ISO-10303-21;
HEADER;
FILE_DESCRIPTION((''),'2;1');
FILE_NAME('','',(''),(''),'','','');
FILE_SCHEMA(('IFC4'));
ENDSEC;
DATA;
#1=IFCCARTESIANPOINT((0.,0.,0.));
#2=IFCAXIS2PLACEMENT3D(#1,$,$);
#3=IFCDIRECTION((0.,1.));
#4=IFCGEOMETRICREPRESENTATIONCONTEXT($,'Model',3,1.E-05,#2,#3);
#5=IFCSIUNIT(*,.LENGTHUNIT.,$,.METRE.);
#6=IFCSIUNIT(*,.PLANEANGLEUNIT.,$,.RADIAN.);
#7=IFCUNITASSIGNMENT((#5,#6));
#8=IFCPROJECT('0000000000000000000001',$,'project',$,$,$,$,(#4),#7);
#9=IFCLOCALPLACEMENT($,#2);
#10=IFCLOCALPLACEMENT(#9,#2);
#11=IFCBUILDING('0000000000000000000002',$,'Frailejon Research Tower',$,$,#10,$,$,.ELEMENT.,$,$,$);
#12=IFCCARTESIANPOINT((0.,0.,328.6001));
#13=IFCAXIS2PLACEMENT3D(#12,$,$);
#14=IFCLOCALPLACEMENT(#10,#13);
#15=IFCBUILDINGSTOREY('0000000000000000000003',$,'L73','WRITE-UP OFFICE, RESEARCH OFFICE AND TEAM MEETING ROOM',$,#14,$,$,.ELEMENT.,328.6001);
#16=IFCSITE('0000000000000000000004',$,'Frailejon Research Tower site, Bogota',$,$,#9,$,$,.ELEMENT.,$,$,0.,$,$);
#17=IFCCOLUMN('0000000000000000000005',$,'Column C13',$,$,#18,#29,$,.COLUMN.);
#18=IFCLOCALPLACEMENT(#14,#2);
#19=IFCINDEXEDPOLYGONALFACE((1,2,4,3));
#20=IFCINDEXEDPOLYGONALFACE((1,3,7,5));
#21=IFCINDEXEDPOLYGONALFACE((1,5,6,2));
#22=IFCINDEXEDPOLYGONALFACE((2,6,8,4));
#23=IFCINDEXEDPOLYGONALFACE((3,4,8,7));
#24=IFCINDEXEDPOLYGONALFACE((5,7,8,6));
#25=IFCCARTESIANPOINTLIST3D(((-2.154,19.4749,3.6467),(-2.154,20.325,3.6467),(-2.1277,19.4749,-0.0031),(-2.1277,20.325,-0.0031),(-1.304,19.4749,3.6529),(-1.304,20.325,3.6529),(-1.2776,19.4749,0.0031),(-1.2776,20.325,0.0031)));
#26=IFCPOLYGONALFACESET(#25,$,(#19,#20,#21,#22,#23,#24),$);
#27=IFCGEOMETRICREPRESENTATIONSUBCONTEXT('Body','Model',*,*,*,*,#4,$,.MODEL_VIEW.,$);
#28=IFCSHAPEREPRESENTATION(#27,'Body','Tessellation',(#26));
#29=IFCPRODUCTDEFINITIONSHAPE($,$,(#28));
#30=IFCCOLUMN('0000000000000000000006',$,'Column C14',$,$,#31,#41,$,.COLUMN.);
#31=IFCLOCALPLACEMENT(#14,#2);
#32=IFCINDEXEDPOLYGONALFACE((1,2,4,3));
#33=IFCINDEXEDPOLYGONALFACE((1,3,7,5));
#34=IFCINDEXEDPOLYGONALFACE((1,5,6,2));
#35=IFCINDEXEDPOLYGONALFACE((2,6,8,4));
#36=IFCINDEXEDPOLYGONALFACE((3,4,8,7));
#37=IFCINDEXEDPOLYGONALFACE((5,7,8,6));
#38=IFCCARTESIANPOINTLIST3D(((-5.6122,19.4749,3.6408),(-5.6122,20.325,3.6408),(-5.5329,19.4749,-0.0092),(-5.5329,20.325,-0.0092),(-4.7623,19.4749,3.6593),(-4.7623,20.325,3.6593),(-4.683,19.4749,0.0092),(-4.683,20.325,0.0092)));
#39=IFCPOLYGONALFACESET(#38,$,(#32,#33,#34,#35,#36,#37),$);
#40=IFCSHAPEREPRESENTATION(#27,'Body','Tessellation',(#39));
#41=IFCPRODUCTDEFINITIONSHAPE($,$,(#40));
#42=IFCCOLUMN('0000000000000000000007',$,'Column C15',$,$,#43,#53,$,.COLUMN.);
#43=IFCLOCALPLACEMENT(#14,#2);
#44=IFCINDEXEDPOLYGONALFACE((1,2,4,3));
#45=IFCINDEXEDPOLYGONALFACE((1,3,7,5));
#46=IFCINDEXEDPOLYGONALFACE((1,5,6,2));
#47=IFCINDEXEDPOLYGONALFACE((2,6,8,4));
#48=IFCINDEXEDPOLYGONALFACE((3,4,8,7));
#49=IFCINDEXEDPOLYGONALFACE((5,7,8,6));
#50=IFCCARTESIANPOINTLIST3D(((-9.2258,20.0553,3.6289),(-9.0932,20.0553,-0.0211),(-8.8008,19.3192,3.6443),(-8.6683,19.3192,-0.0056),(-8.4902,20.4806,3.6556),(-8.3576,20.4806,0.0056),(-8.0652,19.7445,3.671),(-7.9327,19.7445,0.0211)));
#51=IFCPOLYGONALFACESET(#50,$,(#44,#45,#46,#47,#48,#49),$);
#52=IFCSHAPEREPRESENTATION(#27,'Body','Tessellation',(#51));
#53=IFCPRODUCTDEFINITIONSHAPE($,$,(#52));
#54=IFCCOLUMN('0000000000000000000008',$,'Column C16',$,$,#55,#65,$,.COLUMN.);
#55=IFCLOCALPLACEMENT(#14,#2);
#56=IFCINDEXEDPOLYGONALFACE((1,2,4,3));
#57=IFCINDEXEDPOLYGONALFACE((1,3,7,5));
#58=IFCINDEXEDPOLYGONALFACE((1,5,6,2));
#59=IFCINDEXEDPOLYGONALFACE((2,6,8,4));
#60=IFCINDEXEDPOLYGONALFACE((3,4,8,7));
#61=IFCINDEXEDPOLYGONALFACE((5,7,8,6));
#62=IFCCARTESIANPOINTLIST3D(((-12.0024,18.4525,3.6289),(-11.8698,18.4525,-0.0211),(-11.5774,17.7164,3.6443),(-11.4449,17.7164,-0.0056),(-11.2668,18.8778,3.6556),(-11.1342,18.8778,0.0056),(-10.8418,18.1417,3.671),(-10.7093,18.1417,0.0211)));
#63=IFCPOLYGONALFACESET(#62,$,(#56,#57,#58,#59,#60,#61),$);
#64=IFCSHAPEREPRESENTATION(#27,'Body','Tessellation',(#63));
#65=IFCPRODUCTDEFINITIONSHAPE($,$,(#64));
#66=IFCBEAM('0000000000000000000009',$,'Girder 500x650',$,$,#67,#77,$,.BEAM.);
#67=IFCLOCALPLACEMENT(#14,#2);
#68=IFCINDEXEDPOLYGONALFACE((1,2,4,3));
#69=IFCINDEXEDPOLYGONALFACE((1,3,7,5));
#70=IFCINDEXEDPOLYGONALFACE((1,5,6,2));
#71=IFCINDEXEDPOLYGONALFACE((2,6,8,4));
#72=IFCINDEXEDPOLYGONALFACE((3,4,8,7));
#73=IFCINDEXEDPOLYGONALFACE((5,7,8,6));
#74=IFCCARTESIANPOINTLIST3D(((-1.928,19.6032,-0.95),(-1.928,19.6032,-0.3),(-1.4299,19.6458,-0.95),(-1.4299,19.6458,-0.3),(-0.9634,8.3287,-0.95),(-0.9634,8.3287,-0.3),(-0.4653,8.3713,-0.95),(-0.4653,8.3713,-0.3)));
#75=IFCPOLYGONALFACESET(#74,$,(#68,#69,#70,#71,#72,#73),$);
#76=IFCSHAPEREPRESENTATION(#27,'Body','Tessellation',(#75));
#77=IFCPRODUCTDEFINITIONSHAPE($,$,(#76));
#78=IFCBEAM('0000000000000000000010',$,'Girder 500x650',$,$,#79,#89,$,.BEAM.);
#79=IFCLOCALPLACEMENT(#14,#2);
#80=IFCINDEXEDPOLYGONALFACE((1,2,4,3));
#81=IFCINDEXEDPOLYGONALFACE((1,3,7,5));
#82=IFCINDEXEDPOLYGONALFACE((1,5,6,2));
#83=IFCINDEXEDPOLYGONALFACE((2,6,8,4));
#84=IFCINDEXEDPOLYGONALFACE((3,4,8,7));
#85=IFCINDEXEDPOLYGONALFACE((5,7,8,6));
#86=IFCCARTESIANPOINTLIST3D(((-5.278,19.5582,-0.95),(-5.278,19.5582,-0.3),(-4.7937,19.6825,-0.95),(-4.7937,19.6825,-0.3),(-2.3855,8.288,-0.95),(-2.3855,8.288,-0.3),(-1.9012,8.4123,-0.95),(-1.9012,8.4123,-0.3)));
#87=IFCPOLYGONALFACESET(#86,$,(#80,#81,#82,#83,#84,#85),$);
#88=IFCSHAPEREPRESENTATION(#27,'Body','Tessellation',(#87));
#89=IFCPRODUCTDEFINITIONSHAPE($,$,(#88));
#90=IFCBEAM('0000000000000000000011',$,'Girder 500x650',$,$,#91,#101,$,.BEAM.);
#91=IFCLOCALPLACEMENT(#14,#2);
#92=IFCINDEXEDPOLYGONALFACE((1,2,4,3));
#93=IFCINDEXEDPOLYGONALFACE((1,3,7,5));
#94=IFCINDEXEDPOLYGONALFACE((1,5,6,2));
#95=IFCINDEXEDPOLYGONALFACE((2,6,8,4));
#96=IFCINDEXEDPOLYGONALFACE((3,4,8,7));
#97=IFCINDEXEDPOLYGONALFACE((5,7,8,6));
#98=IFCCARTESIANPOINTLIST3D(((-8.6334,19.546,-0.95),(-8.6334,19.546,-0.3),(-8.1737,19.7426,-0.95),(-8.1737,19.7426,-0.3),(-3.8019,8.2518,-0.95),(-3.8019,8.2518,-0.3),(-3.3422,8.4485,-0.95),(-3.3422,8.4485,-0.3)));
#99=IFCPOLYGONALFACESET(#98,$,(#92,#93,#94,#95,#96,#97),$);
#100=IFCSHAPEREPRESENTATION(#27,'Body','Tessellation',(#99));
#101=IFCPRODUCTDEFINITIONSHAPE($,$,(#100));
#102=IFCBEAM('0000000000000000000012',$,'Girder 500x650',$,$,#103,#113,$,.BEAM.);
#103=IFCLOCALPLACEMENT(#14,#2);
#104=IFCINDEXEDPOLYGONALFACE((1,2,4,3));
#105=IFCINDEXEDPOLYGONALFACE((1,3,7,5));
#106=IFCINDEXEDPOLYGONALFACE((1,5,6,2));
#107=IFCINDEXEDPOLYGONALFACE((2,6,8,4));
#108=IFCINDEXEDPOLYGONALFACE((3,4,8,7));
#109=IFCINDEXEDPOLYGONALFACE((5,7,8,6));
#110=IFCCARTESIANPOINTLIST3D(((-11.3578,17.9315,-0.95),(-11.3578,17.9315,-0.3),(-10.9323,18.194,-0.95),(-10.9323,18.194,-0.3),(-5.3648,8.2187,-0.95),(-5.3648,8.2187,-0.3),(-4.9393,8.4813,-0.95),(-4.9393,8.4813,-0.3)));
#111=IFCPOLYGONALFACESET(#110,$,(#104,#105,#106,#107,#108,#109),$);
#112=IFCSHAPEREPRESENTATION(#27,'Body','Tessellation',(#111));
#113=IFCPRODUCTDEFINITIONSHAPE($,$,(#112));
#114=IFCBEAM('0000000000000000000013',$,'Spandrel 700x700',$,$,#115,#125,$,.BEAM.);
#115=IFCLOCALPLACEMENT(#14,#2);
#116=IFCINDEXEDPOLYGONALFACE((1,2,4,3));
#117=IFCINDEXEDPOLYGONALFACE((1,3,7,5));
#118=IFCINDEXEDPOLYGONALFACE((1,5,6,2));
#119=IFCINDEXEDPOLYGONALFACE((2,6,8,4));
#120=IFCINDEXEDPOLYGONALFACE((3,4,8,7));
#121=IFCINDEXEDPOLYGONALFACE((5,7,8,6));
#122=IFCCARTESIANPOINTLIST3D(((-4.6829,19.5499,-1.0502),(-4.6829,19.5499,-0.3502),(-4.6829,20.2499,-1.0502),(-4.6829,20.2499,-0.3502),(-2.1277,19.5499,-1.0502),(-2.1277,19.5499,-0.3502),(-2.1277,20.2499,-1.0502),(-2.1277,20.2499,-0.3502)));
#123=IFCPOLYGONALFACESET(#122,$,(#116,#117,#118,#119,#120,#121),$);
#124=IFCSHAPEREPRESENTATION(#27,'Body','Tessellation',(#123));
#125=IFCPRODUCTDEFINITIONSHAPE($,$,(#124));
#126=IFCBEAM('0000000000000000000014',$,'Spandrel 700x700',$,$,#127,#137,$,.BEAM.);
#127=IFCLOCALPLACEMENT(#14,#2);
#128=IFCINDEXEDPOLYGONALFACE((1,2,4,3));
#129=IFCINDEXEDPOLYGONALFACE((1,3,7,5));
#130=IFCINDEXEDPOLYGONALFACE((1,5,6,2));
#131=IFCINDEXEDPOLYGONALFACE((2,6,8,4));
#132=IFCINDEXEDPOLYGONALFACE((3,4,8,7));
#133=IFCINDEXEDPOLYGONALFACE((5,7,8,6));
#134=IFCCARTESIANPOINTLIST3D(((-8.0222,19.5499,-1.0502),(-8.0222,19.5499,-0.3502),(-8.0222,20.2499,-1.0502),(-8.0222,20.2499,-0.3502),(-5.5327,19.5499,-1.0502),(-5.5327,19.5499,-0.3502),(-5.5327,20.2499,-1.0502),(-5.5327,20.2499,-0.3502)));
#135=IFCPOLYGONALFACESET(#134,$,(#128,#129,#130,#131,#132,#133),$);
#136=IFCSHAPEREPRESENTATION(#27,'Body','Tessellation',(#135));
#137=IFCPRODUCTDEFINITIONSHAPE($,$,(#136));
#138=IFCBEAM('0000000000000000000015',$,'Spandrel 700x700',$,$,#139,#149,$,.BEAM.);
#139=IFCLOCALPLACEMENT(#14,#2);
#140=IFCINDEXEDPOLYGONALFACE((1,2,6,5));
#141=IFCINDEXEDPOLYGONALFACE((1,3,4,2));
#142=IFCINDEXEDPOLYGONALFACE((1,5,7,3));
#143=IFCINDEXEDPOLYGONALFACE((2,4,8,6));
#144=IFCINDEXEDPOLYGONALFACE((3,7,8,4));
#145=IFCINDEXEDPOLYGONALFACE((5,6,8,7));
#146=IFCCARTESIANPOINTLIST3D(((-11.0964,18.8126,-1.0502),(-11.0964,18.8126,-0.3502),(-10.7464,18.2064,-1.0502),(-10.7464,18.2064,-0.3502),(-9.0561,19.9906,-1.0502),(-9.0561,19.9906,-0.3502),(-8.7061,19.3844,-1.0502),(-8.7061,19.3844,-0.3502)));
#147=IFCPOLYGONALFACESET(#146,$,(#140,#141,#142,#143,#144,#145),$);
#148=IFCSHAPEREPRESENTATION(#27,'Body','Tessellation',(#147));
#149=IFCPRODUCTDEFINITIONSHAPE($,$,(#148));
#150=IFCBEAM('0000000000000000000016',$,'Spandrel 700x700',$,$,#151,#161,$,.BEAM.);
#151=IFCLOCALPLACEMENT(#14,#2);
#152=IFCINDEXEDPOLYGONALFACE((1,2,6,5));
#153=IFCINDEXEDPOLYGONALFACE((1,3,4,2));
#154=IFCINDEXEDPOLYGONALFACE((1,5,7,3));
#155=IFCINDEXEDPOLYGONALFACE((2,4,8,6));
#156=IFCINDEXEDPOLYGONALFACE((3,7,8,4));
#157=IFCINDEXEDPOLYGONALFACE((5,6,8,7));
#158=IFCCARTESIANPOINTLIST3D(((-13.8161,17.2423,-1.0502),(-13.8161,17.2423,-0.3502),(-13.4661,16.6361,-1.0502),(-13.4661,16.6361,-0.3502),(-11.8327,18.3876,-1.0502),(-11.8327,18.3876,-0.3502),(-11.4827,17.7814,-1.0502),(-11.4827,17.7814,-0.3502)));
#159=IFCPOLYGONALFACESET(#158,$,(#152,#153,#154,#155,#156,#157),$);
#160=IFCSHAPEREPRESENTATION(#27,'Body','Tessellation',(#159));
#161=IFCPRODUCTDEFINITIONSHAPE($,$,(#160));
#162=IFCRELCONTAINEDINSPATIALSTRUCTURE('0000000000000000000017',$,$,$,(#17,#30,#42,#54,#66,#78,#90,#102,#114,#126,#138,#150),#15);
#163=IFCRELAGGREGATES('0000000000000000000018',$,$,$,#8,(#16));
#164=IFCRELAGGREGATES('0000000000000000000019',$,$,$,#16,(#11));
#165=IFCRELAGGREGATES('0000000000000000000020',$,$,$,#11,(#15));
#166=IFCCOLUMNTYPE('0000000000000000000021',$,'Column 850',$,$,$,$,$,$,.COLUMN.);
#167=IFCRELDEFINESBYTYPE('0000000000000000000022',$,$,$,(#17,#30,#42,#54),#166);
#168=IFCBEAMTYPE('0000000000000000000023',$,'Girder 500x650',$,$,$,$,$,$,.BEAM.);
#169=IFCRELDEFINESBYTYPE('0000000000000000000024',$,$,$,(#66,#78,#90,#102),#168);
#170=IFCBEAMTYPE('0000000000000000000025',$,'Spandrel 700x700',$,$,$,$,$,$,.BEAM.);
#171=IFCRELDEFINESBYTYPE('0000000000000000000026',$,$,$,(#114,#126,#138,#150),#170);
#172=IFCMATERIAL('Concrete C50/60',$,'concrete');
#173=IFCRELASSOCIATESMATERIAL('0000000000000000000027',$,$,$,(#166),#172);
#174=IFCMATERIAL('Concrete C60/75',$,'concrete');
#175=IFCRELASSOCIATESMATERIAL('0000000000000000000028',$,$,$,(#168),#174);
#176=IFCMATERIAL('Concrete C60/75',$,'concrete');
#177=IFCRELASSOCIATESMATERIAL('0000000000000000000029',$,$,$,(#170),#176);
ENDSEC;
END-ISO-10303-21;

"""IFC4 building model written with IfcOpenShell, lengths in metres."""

from ifc_helpers import new_model, si_unit, direction, frame, origin, origin_2d, place, context, subcontext, project, spatial, rectangle, extrude, material, material_profile, profile_set, type_object, element, save


model = new_model("IFC4")

# Units and contexts
model_context = context("Model", 3, precision=1e-05, world=origin(), true_north=direction((0.0, 1.0)))
body_context = subcontext(model_context, "Body", "Model", "MODEL_VIEW")
ifc_project = project(units=[si_unit("LENGTHUNIT", "METRE"), si_unit("PLANEANGLEUNIT", "RADIAN")], contexts=[model_context])

# Site, building, storey
site_placement = place(None, origin())
site = spatial("IfcSite", under=ifc_project, at=site_placement, Name="Frailejon Research Tower site, Bogota", CompositionType="ELEMENT", RefElevation=0.0)
building_placement = place(site_placement, origin())
building = spatial("IfcBuilding", under=site, at=building_placement, Name="Frailejon Research Tower", CompositionType="ELEMENT")
storey_placement = place(building_placement, frame((0.0, 0.0, 328.6001)))
storey = spatial("IfcBuildingStorey", under=building, at=storey_placement, Name="L73", Description="WRITE-UP OFFICE, RESEARCH OFFICE AND TEAM MEETING ROOM", CompositionType="ELEMENT", Elevation=328.6001)

# Columns
ifc_material_1 = material(Name="Concrete C50/60", Category="concrete")
ifc_material_profile_1 = material_profile(ifc_material_1, rectangle(XDim=0.8501, YDim=0.8501, at=origin_2d()), Name="Column 850")
ifc_profile_set_1 = profile_set([ifc_material_profile_1], Name="Concrete C50/60")
column_type = type_object("IfcColumnType", Name="Column 850", PredefinedType="COLUMN", material=ifc_profile_set_1)
column_1_placement = place(storey_placement, frame((-1.7026, 19.8999, 0.0), z_axis=(-0.007224, 0.0, 0.999974), x_axis=(-0.999974, 0.0, -0.007224)))
element("IfcColumn", 1, at=column_1_placement, inside=storey, type_object=column_type, Name="Column C13", PredefinedType="COLUMN", context=body_context, shape_type="SweptSolid", body=[
    extrude(rectangle(XDim=0.8501, YDim=0.8501, at=origin_2d()), origin(), (0.0, 0.0, 1.0), 3.6499),
])
column_2_placement = place(storey_placement, frame((-5.1079, 19.8999, 0.0), z_axis=(-0.021734, 0.0, 0.999764), x_axis=(-0.999764, 0.0, -0.021734)))
element("IfcColumn", 2, at=column_2_placement, inside=storey, type_object=column_type, Name="Column C14", PredefinedType="COLUMN", context=body_context, shape_type="SweptSolid", body=[
    extrude(rectangle(XDim=0.8501, YDim=0.8501, at=origin_2d()), origin(), (0.0, 0.0, 1.0), 3.6509),
])
for number, where, z_axis, x_axis, name in (
    (3, (-8.5129, 19.8999, 0.0), (-0.036297, 0.0, 0.999341), (-0.865313, -0.500246, -0.031429), "Column C15"),
    (4, (-11.2896, 18.2971, 0.0), (-0.036297, 0.0, 0.999341), (-0.865313, -0.500246, -0.031429), "Column C16"),
):
    element("IfcColumn", number, at=place(storey_placement, frame(where, z_axis=z_axis, x_axis=x_axis)), inside=storey, type_object=column_type, Name=name, PredefinedType="COLUMN", context=body_context, shape_type="SweptSolid", body=[
        extrude(rectangle(XDim=0.8501, YDim=0.8501, at=origin_2d()), origin(), (0.0, 0.0, 1.0), 3.6523),
    ])

# Beams
ifc_material_2 = material(Name="Concrete C60/75", Category="concrete")
ifc_material_profile_2 = material_profile(ifc_material_2, rectangle(XDim=0.5, YDim=0.6499, at=origin_2d()), Name="Girder 500x650")
ifc_profile_set_2 = profile_set([ifc_material_profile_2], Name="Concrete C60/75")
beam_type_1 = type_object("IfcBeamType", Name="Girder 500x650", PredefinedType="BEAM", material=ifc_profile_set_2)
beam_1_placement = place(storey_placement, frame((-1.679, 19.6245, -0.625), z_axis=(0.085245, -0.99636, 0.0), x_axis=(0.99636, 0.085245, 0.0)))
element("IfcBeam", 5, at=beam_1_placement, inside=storey, type_object=beam_type_1, Name="Girder 500x650", PredefinedType="BEAM", context=body_context, shape_type="SweptSolid", body=[
    extrude(rectangle(XDim=0.5, YDim=0.6499, at=origin_2d()), origin(), (0.0, 0.0, 1.0), 11.3157),
])
beam_2_placement = place(storey_placement, frame((-5.0359, 19.6204, -0.625), z_axis=(0.248598, -0.968607, 0.0), x_axis=(0.968607, 0.248598, 0.0)))
element("IfcBeam", 6, at=beam_2_placement, inside=storey, type_object=beam_type_1, Name="Girder 500x650", PredefinedType="BEAM", context=body_context, shape_type="SweptSolid", body=[
    extrude(rectangle(XDim=0.5, YDim=0.6499, at=origin_2d()), origin(), (0.0, 0.0, 1.0), 11.6355),
])
beam_3_placement = place(storey_placement, frame((-8.4036, 19.6443, -0.625), z_axis=(0.393312, -0.919405, 0.0), x_axis=(0.919405, 0.393312, 0.0)))
element("IfcBeam", 7, at=beam_3_placement, inside=storey, type_object=beam_type_1, Name="Girder 500x650", PredefinedType="BEAM", context=body_context, shape_type="SweptSolid", body=[
    extrude(rectangle(XDim=0.5, YDim=0.6499, at=origin_2d()), origin(), (0.0, 0.0, 1.0), 12.2842),
])
beam_4_placement = place(storey_placement, frame((-11.145, 18.0627, -0.625), z_axis=(0.525108, -0.851036, 0.0), x_axis=(0.851036, 0.525108, 0.0)))
element("IfcBeam", 8, at=beam_4_placement, inside=storey, type_object=beam_type_1, Name="Girder 500x650", PredefinedType="BEAM", context=body_context, shape_type="SweptSolid", body=[
    extrude(rectangle(XDim=0.5, YDim=0.6499, at=origin_2d()), origin(), (0.0, 0.0, 1.0), 11.4128),
])
ifc_material_3 = material(Name="Concrete C60/75", Category="concrete")
ifc_material_profile_3 = material_profile(ifc_material_3, rectangle(XDim=0.7, YDim=0.7, at=origin_2d()), Name="Spandrel 700x700")
ifc_profile_set_3 = profile_set([ifc_material_profile_3], Name="Concrete C60/75")
beam_type_2 = type_object("IfcBeamType", Name="Spandrel 700x700", PredefinedType="BEAM", material=ifc_profile_set_3)
beam_5_placement = place(storey_placement, frame((-2.1277, 19.8999, -0.7002), z_axis=(-1.0, 0.0, 0.0), x_axis=(0.0, -1.0, 0.0)))
element("IfcBeam", 9, at=beam_5_placement, inside=storey, type_object=beam_type_2, Name="Spandrel 700x700", PredefinedType="BEAM", context=body_context, shape_type="SweptSolid", body=[
    extrude(rectangle(XDim=0.7, YDim=0.7, at=origin_2d()), origin(), (0.0, 0.0, 1.0), 2.5552),
])
beam_6_placement = place(storey_placement, frame((-5.5327, 19.8999, -0.7002), z_axis=(-1.0, 0.0, 0.0), x_axis=(0.0, -1.0, 0.0)))
element("IfcBeam", 10, at=beam_6_placement, inside=storey, type_object=beam_type_2, Name="Spandrel 700x700", PredefinedType="BEAM", context=body_context, shape_type="SweptSolid", body=[
    extrude(rectangle(XDim=0.7, YDim=0.7, at=origin_2d()), origin(), (0.0, 0.0, 1.0), 2.4895),
])
beam_7_placement = place(storey_placement, frame((-8.8811, 19.6875, -0.7002), z_axis=(-0.866022, -0.500007, 0.0), x_axis=(0.500007, -0.866022, 0.0)))
element("IfcBeam", 11, at=beam_7_placement, inside=storey, type_object=beam_type_2, Name="Spandrel 700x700", PredefinedType="BEAM", context=body_context, shape_type="SweptSolid", body=[
    extrude(rectangle(XDim=0.7, YDim=0.7, at=origin_2d()), origin(), (0.0, 0.0, 1.0), 2.356),
])
beam_8_placement = place(storey_placement, frame((-11.6577, 18.0845, -0.7002), z_axis=(-0.865997, -0.500048, 0.0), x_axis=(0.500048, -0.865997, 0.0)))
element("IfcBeam", 12, at=beam_8_placement, inside=storey, type_object=beam_type_2, Name="Spandrel 700x700", PredefinedType="BEAM", context=body_context, shape_type="SweptSolid", body=[
    extrude(rectangle(XDim=0.7, YDim=0.7, at=origin_2d()), origin(), (0.0, 0.0, 1.0), 2.2903),
])

save(model, "model.ifc")
